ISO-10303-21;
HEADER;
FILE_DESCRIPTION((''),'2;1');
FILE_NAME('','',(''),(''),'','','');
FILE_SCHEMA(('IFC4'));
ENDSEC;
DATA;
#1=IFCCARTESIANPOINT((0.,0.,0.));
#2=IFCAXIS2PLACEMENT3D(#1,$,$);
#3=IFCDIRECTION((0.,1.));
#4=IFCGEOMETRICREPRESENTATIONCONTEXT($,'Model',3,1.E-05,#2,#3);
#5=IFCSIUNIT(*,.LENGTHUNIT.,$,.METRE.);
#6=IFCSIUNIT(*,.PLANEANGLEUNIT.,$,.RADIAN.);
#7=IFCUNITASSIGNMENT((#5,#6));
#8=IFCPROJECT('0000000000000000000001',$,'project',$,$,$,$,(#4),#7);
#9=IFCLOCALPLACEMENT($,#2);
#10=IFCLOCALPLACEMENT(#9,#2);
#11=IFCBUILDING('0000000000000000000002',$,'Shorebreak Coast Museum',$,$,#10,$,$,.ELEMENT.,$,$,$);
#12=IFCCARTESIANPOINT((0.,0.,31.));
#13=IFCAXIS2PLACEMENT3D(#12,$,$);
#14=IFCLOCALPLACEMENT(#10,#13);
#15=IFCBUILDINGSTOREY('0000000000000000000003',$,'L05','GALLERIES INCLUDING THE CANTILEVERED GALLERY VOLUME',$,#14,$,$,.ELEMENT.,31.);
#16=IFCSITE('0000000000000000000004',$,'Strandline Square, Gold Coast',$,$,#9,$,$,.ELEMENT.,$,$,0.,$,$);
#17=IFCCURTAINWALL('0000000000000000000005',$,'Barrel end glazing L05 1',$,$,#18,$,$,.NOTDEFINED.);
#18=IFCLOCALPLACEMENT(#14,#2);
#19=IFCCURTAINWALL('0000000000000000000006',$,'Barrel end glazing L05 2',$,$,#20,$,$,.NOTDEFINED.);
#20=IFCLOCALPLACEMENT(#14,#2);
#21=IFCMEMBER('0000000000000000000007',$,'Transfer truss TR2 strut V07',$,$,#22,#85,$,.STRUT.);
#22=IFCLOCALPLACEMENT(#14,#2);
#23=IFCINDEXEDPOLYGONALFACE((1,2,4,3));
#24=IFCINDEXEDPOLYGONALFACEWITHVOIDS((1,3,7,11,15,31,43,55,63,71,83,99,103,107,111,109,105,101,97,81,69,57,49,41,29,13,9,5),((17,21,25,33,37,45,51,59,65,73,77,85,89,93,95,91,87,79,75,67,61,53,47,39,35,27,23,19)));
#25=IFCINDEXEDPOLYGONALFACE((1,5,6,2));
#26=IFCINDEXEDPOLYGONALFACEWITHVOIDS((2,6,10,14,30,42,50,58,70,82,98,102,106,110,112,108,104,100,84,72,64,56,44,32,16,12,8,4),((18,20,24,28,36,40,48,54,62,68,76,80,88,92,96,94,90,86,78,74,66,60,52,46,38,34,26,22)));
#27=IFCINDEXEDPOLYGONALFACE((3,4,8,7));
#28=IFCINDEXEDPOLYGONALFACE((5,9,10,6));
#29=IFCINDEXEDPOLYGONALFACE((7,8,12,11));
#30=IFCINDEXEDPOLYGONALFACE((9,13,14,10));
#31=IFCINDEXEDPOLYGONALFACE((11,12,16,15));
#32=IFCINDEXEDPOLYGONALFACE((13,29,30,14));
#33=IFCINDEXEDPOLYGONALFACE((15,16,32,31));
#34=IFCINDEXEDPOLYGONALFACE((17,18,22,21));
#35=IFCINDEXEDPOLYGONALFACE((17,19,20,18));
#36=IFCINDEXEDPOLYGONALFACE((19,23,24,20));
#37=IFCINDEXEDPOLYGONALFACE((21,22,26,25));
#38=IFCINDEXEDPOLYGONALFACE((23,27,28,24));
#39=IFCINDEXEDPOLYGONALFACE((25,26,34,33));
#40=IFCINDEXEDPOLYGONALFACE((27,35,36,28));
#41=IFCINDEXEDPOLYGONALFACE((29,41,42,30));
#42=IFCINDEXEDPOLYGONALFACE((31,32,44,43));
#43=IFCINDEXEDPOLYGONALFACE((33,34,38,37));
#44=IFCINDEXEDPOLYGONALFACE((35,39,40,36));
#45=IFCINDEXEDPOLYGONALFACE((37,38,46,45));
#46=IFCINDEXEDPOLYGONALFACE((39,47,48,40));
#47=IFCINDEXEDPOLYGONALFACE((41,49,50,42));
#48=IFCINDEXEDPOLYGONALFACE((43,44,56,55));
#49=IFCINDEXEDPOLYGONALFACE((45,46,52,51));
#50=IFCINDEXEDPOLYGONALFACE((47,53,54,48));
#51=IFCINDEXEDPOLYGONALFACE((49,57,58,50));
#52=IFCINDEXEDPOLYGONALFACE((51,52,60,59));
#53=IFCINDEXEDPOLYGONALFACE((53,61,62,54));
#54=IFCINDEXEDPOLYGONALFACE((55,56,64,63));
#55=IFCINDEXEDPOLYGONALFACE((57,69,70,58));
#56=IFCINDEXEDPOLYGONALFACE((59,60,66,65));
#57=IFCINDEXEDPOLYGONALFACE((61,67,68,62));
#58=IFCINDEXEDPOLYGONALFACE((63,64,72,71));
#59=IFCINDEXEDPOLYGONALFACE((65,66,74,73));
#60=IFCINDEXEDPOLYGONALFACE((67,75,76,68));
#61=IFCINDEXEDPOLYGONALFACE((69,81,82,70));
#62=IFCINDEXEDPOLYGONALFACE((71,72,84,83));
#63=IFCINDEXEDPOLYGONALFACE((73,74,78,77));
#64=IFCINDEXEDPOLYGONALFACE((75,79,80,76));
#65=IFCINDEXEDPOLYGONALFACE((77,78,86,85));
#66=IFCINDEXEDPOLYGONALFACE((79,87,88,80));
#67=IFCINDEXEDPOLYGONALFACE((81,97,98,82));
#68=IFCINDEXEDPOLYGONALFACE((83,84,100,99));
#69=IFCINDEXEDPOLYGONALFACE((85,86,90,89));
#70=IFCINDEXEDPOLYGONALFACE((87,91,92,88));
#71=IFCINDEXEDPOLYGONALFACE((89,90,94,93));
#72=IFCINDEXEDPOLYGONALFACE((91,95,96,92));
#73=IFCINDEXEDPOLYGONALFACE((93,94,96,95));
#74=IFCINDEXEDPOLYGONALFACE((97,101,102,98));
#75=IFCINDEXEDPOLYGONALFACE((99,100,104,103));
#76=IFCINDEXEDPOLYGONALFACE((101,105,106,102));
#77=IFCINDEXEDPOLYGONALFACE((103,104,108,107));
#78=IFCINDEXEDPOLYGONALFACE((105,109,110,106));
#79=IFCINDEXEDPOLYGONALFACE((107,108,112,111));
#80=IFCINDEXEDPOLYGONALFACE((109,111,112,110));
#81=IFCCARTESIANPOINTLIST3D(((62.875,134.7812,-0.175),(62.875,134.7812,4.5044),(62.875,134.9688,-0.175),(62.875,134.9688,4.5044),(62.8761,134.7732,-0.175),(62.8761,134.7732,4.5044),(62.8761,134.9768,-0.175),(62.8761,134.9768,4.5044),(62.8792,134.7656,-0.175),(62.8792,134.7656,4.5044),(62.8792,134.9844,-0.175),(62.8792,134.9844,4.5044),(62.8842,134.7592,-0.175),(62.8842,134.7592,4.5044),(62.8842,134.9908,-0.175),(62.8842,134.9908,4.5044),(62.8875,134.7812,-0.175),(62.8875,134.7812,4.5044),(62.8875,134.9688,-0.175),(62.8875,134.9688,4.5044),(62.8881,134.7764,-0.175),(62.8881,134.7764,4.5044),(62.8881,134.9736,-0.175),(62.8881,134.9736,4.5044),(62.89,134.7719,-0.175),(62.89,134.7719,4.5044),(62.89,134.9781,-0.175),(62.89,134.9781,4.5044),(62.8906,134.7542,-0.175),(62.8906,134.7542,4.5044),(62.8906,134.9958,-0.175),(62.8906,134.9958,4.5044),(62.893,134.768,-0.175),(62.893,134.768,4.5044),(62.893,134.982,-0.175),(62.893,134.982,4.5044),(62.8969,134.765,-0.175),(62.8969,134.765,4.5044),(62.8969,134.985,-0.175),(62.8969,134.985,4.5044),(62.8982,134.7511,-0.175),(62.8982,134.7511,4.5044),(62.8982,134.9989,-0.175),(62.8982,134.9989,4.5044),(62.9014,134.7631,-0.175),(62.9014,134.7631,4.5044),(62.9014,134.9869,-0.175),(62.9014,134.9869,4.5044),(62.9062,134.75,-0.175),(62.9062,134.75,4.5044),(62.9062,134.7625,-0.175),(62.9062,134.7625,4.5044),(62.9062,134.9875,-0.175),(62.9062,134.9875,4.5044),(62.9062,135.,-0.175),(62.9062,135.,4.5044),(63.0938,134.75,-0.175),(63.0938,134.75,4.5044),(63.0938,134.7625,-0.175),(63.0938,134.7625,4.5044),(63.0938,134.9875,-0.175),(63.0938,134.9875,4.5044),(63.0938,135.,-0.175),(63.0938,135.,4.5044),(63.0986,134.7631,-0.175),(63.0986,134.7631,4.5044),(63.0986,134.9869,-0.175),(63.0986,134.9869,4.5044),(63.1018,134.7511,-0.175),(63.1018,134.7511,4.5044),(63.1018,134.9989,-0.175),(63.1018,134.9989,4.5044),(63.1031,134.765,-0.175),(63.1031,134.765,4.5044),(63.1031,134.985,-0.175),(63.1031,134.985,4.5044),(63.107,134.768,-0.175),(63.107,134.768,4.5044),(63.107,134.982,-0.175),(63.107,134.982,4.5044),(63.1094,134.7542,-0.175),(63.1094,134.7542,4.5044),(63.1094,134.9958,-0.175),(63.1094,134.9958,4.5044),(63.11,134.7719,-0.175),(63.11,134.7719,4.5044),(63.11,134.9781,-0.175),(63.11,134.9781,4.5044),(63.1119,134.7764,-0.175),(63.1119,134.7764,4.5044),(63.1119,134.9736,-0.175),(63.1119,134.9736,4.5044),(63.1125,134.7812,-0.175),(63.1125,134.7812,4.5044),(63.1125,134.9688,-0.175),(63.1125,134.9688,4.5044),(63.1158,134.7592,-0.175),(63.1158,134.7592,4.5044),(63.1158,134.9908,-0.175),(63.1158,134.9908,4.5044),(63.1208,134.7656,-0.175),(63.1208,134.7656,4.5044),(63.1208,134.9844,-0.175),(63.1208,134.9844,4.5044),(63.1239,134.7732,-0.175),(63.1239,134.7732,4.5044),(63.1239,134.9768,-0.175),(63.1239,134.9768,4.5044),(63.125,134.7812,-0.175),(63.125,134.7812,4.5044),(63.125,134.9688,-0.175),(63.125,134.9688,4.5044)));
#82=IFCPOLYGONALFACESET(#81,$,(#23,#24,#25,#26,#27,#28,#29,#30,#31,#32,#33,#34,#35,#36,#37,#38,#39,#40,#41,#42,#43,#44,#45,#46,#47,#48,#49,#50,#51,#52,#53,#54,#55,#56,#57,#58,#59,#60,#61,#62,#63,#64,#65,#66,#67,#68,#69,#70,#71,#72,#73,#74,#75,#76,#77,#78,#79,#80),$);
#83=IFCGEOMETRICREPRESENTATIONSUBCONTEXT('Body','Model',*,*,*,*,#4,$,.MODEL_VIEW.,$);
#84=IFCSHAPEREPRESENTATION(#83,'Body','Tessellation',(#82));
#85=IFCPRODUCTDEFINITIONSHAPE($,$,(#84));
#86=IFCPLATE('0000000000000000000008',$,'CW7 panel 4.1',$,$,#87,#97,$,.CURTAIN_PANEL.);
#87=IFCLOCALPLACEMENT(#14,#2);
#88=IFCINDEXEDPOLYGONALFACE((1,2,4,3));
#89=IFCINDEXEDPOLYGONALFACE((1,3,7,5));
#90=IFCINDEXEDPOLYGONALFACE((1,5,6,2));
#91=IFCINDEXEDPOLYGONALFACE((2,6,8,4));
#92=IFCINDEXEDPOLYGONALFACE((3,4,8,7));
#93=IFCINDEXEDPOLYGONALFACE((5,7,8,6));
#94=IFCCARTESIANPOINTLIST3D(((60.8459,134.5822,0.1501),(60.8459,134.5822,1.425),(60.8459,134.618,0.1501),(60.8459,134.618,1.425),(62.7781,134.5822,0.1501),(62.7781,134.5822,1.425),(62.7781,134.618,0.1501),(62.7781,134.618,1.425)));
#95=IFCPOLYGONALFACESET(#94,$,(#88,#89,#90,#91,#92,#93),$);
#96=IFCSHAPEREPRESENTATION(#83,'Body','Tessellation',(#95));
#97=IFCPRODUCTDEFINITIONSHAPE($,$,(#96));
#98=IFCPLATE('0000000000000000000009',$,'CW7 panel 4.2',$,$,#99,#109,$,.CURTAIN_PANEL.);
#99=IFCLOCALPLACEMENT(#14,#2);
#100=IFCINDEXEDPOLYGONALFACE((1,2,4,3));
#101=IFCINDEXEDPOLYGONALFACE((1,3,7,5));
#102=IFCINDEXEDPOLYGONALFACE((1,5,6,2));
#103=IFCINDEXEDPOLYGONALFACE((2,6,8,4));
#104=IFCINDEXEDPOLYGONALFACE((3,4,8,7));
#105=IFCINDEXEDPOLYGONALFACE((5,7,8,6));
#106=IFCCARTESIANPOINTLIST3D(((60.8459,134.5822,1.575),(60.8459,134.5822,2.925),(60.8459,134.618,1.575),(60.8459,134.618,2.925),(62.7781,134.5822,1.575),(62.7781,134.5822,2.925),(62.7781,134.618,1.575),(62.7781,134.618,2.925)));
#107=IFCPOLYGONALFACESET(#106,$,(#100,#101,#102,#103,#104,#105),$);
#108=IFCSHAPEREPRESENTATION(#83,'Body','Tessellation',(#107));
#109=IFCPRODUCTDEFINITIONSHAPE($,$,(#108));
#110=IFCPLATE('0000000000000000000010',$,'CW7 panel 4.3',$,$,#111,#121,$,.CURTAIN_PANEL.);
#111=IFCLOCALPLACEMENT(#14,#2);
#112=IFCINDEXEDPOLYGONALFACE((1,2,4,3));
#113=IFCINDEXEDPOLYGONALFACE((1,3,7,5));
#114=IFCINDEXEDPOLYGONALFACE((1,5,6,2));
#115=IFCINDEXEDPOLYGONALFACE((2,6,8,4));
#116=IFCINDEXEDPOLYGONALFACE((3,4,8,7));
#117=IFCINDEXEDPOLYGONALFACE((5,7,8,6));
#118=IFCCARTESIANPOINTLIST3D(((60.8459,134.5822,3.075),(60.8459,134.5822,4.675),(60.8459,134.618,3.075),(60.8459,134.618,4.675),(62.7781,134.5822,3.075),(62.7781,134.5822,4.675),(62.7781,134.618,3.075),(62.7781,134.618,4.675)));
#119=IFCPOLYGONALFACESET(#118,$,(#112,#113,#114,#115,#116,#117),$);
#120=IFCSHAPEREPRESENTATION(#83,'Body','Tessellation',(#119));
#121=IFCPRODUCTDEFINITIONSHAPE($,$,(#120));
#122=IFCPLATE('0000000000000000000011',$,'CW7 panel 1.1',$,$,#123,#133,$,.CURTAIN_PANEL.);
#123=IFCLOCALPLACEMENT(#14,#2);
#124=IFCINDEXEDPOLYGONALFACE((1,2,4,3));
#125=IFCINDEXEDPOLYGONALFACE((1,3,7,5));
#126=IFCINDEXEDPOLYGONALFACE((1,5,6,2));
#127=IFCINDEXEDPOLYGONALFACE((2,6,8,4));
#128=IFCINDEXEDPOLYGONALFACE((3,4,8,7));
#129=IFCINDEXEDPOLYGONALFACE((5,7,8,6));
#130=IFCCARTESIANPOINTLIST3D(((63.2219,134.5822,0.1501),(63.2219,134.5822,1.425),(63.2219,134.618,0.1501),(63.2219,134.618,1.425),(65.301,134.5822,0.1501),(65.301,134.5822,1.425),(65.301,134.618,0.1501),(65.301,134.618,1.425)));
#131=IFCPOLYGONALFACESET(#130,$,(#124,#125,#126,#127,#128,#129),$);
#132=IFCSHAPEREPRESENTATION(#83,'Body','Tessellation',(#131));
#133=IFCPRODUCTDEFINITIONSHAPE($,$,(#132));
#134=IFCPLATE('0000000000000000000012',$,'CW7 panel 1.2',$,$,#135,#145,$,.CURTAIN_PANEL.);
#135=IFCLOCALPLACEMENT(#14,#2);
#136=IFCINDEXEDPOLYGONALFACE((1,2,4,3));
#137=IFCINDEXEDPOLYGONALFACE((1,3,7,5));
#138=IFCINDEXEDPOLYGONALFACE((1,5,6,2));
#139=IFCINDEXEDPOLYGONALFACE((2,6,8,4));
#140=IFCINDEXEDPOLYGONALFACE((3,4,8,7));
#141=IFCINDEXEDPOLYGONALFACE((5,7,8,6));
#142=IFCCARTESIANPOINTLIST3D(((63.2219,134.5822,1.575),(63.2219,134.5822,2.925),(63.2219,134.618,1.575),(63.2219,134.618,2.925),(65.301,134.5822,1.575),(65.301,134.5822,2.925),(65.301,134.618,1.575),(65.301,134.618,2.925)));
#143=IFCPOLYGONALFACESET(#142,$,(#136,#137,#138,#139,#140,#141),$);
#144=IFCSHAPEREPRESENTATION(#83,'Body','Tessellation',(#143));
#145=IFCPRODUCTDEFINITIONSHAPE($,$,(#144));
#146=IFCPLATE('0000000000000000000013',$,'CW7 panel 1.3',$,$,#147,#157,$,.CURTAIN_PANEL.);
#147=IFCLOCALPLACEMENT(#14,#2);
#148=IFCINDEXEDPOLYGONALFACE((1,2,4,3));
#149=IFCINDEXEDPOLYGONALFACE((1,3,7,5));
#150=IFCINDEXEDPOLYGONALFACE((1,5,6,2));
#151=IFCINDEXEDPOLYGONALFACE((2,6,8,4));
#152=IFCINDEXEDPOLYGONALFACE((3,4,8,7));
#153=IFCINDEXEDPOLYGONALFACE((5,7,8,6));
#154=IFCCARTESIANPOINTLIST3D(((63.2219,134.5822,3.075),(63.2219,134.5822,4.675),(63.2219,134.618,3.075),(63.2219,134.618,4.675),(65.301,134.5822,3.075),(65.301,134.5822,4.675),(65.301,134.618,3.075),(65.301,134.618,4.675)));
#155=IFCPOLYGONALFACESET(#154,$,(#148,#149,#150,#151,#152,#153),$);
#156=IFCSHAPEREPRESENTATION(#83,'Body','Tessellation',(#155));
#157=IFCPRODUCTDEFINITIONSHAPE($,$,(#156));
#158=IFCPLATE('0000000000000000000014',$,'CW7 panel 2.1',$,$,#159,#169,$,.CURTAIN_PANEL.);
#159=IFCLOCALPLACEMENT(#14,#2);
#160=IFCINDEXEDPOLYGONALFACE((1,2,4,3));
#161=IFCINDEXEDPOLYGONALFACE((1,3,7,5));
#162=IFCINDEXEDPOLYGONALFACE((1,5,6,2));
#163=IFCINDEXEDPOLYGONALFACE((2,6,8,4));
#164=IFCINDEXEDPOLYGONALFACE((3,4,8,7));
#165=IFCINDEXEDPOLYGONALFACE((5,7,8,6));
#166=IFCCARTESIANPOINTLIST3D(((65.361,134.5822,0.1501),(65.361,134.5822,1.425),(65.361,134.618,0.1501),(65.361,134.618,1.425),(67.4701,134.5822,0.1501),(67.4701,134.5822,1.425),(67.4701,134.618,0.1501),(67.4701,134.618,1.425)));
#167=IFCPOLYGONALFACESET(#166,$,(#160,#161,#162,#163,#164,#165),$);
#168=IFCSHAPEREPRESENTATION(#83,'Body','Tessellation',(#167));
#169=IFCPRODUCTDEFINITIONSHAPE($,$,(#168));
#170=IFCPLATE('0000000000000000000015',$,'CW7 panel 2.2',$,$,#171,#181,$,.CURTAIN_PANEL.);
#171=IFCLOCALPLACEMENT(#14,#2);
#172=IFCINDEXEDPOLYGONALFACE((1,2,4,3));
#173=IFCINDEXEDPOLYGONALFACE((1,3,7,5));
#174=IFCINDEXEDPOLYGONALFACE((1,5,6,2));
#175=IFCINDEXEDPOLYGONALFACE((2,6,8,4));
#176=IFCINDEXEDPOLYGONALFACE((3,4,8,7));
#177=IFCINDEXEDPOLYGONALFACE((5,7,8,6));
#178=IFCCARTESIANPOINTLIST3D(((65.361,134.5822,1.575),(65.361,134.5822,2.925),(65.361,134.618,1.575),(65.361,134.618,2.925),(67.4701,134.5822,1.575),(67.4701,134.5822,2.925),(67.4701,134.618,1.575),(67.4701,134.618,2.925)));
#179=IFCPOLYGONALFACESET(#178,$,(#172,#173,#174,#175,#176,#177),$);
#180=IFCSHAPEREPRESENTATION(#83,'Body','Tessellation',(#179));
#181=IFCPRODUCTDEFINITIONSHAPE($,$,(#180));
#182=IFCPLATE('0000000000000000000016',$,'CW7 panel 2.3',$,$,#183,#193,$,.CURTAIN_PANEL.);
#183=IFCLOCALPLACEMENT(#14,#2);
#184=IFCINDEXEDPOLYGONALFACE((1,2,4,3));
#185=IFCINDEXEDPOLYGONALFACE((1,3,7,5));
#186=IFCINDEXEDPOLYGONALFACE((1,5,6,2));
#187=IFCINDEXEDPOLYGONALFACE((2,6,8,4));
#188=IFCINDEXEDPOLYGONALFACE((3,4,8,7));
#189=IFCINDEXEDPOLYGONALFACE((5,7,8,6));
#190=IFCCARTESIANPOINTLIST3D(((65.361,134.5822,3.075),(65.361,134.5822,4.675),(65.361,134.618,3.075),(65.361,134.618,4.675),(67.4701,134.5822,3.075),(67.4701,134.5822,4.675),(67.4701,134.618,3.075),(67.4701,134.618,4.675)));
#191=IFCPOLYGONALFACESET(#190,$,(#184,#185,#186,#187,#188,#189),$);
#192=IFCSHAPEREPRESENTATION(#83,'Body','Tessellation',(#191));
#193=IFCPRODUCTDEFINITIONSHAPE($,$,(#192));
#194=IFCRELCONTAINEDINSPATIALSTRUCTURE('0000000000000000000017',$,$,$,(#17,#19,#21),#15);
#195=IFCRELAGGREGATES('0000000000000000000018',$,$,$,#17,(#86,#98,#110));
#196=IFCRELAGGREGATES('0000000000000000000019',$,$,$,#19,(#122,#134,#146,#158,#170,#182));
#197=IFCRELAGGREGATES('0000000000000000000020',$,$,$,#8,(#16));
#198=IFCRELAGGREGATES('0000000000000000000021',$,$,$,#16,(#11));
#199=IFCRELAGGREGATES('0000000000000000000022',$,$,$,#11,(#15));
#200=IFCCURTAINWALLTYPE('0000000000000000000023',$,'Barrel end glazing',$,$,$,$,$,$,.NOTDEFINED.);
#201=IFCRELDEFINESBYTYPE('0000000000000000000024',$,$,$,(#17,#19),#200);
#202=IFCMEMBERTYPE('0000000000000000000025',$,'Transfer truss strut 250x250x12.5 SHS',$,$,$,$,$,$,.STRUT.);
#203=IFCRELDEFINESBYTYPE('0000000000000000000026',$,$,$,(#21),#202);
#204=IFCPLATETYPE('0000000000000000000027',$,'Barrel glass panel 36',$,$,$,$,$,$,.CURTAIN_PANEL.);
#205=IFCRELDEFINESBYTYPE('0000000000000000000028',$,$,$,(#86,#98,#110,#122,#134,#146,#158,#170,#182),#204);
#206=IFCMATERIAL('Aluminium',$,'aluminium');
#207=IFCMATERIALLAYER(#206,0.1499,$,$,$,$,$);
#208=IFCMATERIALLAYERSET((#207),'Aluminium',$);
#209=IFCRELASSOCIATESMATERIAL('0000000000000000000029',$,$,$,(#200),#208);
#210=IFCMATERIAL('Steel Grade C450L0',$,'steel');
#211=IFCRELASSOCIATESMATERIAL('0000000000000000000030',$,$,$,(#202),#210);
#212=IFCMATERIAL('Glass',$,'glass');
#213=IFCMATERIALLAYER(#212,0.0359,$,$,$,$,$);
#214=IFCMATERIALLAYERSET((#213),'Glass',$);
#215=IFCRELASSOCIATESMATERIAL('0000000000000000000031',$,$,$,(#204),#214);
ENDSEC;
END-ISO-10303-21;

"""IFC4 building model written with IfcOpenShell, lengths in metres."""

from ifc_helpers import new_model, si_unit, direction, frame, origin, origin_2d, place, context, subcontext, project, spatial, rectangle, hollow_rectangle, extrude, material, layer, layer_set, material_profile, profile_set, type_object, element, aggregate, save


model = new_model("IFC4")

# Units and contexts
model_context = context("Model", 3, precision=1e-05, world=origin(), true_north=direction((0.0, 1.0)))
body_context = subcontext(model_context, "Body", "Model", "MODEL_VIEW")
ifc_project = project(units=[si_unit("LENGTHUNIT", "METRE"), si_unit("PLANEANGLEUNIT", "RADIAN")], contexts=[model_context])

# Site, building, storey
site_placement = place(None, origin())
site = spatial("IfcSite", under=ifc_project, at=site_placement, Name="Strandline Square, Gold Coast", CompositionType="ELEMENT", RefElevation=0.0)
building_placement = place(site_placement, origin())
building = spatial("IfcBuilding", under=site, at=building_placement, Name="Shorebreak Coast Museum", CompositionType="ELEMENT")
storey_placement = place(building_placement, frame((0.0, 0.0, 31.0)))
storey = spatial("IfcBuildingStorey", under=building, at=storey_placement, Name="L05", Description="GALLERIES INCLUDING THE CANTILEVERED GALLERY VOLUME", CompositionType="ELEMENT", Elevation=31.0)

# Curtain wall
ifc_material_1 = material(Name="Aluminium", Category="aluminium")
ifc_layer_1 = layer(ifc_material_1, 0.1499)
ifc_layer_set_1 = layer_set([ifc_layer_1], Name="Aluminium")
curtain_wall_type = type_object("IfcCurtainWallType", Name="Barrel end glazing", PredefinedType="NOTDEFINED", material=ifc_layer_set_1)
curtain_wall_1_placement = place(storey_placement, origin())
curtain_wall_1 = element("IfcCurtainWall", 1, at=curtain_wall_1_placement, inside=storey, type_object=curtain_wall_type, Name="Barrel end glazing L05 1", PredefinedType="NOTDEFINED")

# Curtain wall
curtain_wall_2_placement = place(storey_placement, origin())
curtain_wall_2 = element("IfcCurtainWall", 2, at=curtain_wall_2_placement, inside=storey, type_object=curtain_wall_type, Name="Barrel end glazing L05 2", PredefinedType="NOTDEFINED")

# Member
ifc_material_2 = material(Name="Steel Grade C450L0", Category="steel")
ifc_material_profile_1 = material_profile(ifc_material_2, hollow_rectangle(XDim=0.25, YDim=0.25, WallThickness=0.0125, InnerFilletRadius=0.0188, OuterFilletRadius=0.0312, at=origin_2d()), Name="250x250x12.5 SHS")
ifc_profile_set_1 = profile_set([ifc_material_profile_1], Name="Steel Grade C450L0")
member_type_1 = type_object("IfcMemberType", Name="Transfer truss strut 250x250x12.5 SHS", PredefinedType="STRUT", material=ifc_profile_set_1)
member_1_placement = place(storey_placement, frame((63.0, 134.875, -0.175), z_axis=(0.0, 0.0, 1.0), x_axis=(1.0, 0.0, 0.0)))
element("IfcMember", 3, at=member_1_placement, inside=storey, type_object=member_type_1, Name="Transfer truss TR2 strut V07", PredefinedType="STRUT", context=body_context, shape_type="SweptSolid", body=[
    extrude(hollow_rectangle(XDim=0.25, YDim=0.25, WallThickness=0.0125, InnerFilletRadius=0.0188, OuterFilletRadius=0.0312, at=origin_2d()), origin(), (0.0, 0.0, 1.0), 4.6794),
])

# Plates
ifc_material_3 = material(Name="Glass", Category="glass")
ifc_layer_2 = layer(ifc_material_3, 0.0359)
ifc_layer_set_2 = layer_set([ifc_layer_2], Name="Glass")
plate_type = type_object("IfcPlateType", Name="Barrel glass panel 36", PredefinedType="CURTAIN_PANEL", material=ifc_layer_set_2)
plate_1_placement = place(storey_placement, frame((61.812, 134.6001, 0.1501), z_axis=(0.0, 0.0, 1.0), x_axis=(1.0, 0.0, 0.0)))
plate_1 = element("IfcPlate", 4, at=plate_1_placement, type_object=plate_type, Name="CW7 panel 4.1", PredefinedType="CURTAIN_PANEL", context=body_context, shape_type="SweptSolid", body=[
    extrude(rectangle(XDim=1.9321, YDim=0.0359, at=origin_2d()), origin(), (0.0, 0.0, 1.0), 1.2749),
])
plate_2_placement = place(storey_placement, frame((61.812, 134.6001, 1.575), z_axis=(0.0, 0.0, 1.0), x_axis=(1.0, 0.0, 0.0)))
plate_2 = element("IfcPlate", 5, at=plate_2_placement, type_object=plate_type, Name="CW7 panel 4.2", PredefinedType="CURTAIN_PANEL", context=body_context, shape_type="SweptSolid", body=[
    extrude(rectangle(XDim=1.9321, YDim=0.0359, at=origin_2d()), origin(), (0.0, 0.0, 1.0), 1.3501),
])
plate_3_placement = place(storey_placement, frame((61.812, 134.6001, 3.075), z_axis=(0.0, 0.0, 1.0), x_axis=(1.0, 0.0, 0.0)))
plate_3 = element("IfcPlate", 6, at=plate_3_placement, type_object=plate_type, Name="CW7 panel 4.3", PredefinedType="CURTAIN_PANEL", context=body_context, shape_type="SweptSolid", body=[
    extrude(rectangle(XDim=1.9321, YDim=0.0359, at=origin_2d()), origin(), (0.0, 0.0, 1.0), 1.6001),
])
aggregate(curtain_wall_1, [plate_1, plate_2, plate_3])
plate_4_placement = place(storey_placement, frame((64.2615, 134.6001, 0.1501), z_axis=(0.0, 0.0, 1.0), x_axis=(1.0, 0.0, 0.0)))
plate_4 = element("IfcPlate", 7, at=plate_4_placement, type_object=plate_type, Name="CW7 panel 1.1", PredefinedType="CURTAIN_PANEL", context=body_context, shape_type="SweptSolid", body=[
    extrude(rectangle(XDim=2.0791, YDim=0.0359, at=origin_2d()), origin(), (0.0, 0.0, 1.0), 1.2749),
])
plate_5_placement = place(storey_placement, frame((64.2615, 134.6001, 1.575), z_axis=(0.0, 0.0, 1.0), x_axis=(1.0, 0.0, 0.0)))
plate_5 = element("IfcPlate", 8, at=plate_5_placement, type_object=plate_type, Name="CW7 panel 1.2", PredefinedType="CURTAIN_PANEL", context=body_context, shape_type="SweptSolid", body=[
    extrude(rectangle(XDim=2.0791, YDim=0.0359, at=origin_2d()), origin(), (0.0, 0.0, 1.0), 1.3501),
])
plate_6_placement = place(storey_placement, frame((64.2615, 134.6001, 3.075), z_axis=(0.0, 0.0, 1.0), x_axis=(1.0, 0.0, 0.0)))
plate_6 = element("IfcPlate", 9, at=plate_6_placement, type_object=plate_type, Name="CW7 panel 1.3", PredefinedType="CURTAIN_PANEL", context=body_context, shape_type="SweptSolid", body=[
    extrude(rectangle(XDim=2.0791, YDim=0.0359, at=origin_2d()), origin(), (0.0, 0.0, 1.0), 1.6001),
])
plate_7_placement = place(storey_placement, frame((66.4155, 134.6001, 0.1501), z_axis=(0.0, 0.0, 1.0), x_axis=(1.0, 0.0, 0.0)))
plate_7 = element("IfcPlate", 10, at=plate_7_placement, type_object=plate_type, Name="CW7 panel 2.1", PredefinedType="CURTAIN_PANEL", context=body_context, shape_type="SweptSolid", body=[
    extrude(rectangle(XDim=2.1091, YDim=0.0359, at=origin_2d()), origin(), (0.0, 0.0, 1.0), 1.2749),
])
plate_8_placement = place(storey_placement, frame((66.4155, 134.6001, 1.575), z_axis=(0.0, 0.0, 1.0), x_axis=(1.0, 0.0, 0.0)))
plate_8 = element("IfcPlate", 11, at=plate_8_placement, type_object=plate_type, Name="CW7 panel 2.2", PredefinedType="CURTAIN_PANEL", context=body_context, shape_type="SweptSolid", body=[
    extrude(rectangle(XDim=2.1091, YDim=0.0359, at=origin_2d()), origin(), (0.0, 0.0, 1.0), 1.3501),
])
plate_9_placement = place(storey_placement, frame((66.4155, 134.6001, 3.075), z_axis=(0.0, 0.0, 1.0), x_axis=(1.0, 0.0, 0.0)))
plate_9 = element("IfcPlate", 12, at=plate_9_placement, type_object=plate_type, Name="CW7 panel 2.3", PredefinedType="CURTAIN_PANEL", context=body_context, shape_type="SweptSolid", body=[
    extrude(rectangle(XDim=2.1091, YDim=0.0359, at=origin_2d()), origin(), (0.0, 0.0, 1.0), 1.6001),
])
aggregate(curtain_wall_2, [plate_4, plate_5, plate_6, plate_7, plate_8, plate_9])

save(model, "model.ifc")
